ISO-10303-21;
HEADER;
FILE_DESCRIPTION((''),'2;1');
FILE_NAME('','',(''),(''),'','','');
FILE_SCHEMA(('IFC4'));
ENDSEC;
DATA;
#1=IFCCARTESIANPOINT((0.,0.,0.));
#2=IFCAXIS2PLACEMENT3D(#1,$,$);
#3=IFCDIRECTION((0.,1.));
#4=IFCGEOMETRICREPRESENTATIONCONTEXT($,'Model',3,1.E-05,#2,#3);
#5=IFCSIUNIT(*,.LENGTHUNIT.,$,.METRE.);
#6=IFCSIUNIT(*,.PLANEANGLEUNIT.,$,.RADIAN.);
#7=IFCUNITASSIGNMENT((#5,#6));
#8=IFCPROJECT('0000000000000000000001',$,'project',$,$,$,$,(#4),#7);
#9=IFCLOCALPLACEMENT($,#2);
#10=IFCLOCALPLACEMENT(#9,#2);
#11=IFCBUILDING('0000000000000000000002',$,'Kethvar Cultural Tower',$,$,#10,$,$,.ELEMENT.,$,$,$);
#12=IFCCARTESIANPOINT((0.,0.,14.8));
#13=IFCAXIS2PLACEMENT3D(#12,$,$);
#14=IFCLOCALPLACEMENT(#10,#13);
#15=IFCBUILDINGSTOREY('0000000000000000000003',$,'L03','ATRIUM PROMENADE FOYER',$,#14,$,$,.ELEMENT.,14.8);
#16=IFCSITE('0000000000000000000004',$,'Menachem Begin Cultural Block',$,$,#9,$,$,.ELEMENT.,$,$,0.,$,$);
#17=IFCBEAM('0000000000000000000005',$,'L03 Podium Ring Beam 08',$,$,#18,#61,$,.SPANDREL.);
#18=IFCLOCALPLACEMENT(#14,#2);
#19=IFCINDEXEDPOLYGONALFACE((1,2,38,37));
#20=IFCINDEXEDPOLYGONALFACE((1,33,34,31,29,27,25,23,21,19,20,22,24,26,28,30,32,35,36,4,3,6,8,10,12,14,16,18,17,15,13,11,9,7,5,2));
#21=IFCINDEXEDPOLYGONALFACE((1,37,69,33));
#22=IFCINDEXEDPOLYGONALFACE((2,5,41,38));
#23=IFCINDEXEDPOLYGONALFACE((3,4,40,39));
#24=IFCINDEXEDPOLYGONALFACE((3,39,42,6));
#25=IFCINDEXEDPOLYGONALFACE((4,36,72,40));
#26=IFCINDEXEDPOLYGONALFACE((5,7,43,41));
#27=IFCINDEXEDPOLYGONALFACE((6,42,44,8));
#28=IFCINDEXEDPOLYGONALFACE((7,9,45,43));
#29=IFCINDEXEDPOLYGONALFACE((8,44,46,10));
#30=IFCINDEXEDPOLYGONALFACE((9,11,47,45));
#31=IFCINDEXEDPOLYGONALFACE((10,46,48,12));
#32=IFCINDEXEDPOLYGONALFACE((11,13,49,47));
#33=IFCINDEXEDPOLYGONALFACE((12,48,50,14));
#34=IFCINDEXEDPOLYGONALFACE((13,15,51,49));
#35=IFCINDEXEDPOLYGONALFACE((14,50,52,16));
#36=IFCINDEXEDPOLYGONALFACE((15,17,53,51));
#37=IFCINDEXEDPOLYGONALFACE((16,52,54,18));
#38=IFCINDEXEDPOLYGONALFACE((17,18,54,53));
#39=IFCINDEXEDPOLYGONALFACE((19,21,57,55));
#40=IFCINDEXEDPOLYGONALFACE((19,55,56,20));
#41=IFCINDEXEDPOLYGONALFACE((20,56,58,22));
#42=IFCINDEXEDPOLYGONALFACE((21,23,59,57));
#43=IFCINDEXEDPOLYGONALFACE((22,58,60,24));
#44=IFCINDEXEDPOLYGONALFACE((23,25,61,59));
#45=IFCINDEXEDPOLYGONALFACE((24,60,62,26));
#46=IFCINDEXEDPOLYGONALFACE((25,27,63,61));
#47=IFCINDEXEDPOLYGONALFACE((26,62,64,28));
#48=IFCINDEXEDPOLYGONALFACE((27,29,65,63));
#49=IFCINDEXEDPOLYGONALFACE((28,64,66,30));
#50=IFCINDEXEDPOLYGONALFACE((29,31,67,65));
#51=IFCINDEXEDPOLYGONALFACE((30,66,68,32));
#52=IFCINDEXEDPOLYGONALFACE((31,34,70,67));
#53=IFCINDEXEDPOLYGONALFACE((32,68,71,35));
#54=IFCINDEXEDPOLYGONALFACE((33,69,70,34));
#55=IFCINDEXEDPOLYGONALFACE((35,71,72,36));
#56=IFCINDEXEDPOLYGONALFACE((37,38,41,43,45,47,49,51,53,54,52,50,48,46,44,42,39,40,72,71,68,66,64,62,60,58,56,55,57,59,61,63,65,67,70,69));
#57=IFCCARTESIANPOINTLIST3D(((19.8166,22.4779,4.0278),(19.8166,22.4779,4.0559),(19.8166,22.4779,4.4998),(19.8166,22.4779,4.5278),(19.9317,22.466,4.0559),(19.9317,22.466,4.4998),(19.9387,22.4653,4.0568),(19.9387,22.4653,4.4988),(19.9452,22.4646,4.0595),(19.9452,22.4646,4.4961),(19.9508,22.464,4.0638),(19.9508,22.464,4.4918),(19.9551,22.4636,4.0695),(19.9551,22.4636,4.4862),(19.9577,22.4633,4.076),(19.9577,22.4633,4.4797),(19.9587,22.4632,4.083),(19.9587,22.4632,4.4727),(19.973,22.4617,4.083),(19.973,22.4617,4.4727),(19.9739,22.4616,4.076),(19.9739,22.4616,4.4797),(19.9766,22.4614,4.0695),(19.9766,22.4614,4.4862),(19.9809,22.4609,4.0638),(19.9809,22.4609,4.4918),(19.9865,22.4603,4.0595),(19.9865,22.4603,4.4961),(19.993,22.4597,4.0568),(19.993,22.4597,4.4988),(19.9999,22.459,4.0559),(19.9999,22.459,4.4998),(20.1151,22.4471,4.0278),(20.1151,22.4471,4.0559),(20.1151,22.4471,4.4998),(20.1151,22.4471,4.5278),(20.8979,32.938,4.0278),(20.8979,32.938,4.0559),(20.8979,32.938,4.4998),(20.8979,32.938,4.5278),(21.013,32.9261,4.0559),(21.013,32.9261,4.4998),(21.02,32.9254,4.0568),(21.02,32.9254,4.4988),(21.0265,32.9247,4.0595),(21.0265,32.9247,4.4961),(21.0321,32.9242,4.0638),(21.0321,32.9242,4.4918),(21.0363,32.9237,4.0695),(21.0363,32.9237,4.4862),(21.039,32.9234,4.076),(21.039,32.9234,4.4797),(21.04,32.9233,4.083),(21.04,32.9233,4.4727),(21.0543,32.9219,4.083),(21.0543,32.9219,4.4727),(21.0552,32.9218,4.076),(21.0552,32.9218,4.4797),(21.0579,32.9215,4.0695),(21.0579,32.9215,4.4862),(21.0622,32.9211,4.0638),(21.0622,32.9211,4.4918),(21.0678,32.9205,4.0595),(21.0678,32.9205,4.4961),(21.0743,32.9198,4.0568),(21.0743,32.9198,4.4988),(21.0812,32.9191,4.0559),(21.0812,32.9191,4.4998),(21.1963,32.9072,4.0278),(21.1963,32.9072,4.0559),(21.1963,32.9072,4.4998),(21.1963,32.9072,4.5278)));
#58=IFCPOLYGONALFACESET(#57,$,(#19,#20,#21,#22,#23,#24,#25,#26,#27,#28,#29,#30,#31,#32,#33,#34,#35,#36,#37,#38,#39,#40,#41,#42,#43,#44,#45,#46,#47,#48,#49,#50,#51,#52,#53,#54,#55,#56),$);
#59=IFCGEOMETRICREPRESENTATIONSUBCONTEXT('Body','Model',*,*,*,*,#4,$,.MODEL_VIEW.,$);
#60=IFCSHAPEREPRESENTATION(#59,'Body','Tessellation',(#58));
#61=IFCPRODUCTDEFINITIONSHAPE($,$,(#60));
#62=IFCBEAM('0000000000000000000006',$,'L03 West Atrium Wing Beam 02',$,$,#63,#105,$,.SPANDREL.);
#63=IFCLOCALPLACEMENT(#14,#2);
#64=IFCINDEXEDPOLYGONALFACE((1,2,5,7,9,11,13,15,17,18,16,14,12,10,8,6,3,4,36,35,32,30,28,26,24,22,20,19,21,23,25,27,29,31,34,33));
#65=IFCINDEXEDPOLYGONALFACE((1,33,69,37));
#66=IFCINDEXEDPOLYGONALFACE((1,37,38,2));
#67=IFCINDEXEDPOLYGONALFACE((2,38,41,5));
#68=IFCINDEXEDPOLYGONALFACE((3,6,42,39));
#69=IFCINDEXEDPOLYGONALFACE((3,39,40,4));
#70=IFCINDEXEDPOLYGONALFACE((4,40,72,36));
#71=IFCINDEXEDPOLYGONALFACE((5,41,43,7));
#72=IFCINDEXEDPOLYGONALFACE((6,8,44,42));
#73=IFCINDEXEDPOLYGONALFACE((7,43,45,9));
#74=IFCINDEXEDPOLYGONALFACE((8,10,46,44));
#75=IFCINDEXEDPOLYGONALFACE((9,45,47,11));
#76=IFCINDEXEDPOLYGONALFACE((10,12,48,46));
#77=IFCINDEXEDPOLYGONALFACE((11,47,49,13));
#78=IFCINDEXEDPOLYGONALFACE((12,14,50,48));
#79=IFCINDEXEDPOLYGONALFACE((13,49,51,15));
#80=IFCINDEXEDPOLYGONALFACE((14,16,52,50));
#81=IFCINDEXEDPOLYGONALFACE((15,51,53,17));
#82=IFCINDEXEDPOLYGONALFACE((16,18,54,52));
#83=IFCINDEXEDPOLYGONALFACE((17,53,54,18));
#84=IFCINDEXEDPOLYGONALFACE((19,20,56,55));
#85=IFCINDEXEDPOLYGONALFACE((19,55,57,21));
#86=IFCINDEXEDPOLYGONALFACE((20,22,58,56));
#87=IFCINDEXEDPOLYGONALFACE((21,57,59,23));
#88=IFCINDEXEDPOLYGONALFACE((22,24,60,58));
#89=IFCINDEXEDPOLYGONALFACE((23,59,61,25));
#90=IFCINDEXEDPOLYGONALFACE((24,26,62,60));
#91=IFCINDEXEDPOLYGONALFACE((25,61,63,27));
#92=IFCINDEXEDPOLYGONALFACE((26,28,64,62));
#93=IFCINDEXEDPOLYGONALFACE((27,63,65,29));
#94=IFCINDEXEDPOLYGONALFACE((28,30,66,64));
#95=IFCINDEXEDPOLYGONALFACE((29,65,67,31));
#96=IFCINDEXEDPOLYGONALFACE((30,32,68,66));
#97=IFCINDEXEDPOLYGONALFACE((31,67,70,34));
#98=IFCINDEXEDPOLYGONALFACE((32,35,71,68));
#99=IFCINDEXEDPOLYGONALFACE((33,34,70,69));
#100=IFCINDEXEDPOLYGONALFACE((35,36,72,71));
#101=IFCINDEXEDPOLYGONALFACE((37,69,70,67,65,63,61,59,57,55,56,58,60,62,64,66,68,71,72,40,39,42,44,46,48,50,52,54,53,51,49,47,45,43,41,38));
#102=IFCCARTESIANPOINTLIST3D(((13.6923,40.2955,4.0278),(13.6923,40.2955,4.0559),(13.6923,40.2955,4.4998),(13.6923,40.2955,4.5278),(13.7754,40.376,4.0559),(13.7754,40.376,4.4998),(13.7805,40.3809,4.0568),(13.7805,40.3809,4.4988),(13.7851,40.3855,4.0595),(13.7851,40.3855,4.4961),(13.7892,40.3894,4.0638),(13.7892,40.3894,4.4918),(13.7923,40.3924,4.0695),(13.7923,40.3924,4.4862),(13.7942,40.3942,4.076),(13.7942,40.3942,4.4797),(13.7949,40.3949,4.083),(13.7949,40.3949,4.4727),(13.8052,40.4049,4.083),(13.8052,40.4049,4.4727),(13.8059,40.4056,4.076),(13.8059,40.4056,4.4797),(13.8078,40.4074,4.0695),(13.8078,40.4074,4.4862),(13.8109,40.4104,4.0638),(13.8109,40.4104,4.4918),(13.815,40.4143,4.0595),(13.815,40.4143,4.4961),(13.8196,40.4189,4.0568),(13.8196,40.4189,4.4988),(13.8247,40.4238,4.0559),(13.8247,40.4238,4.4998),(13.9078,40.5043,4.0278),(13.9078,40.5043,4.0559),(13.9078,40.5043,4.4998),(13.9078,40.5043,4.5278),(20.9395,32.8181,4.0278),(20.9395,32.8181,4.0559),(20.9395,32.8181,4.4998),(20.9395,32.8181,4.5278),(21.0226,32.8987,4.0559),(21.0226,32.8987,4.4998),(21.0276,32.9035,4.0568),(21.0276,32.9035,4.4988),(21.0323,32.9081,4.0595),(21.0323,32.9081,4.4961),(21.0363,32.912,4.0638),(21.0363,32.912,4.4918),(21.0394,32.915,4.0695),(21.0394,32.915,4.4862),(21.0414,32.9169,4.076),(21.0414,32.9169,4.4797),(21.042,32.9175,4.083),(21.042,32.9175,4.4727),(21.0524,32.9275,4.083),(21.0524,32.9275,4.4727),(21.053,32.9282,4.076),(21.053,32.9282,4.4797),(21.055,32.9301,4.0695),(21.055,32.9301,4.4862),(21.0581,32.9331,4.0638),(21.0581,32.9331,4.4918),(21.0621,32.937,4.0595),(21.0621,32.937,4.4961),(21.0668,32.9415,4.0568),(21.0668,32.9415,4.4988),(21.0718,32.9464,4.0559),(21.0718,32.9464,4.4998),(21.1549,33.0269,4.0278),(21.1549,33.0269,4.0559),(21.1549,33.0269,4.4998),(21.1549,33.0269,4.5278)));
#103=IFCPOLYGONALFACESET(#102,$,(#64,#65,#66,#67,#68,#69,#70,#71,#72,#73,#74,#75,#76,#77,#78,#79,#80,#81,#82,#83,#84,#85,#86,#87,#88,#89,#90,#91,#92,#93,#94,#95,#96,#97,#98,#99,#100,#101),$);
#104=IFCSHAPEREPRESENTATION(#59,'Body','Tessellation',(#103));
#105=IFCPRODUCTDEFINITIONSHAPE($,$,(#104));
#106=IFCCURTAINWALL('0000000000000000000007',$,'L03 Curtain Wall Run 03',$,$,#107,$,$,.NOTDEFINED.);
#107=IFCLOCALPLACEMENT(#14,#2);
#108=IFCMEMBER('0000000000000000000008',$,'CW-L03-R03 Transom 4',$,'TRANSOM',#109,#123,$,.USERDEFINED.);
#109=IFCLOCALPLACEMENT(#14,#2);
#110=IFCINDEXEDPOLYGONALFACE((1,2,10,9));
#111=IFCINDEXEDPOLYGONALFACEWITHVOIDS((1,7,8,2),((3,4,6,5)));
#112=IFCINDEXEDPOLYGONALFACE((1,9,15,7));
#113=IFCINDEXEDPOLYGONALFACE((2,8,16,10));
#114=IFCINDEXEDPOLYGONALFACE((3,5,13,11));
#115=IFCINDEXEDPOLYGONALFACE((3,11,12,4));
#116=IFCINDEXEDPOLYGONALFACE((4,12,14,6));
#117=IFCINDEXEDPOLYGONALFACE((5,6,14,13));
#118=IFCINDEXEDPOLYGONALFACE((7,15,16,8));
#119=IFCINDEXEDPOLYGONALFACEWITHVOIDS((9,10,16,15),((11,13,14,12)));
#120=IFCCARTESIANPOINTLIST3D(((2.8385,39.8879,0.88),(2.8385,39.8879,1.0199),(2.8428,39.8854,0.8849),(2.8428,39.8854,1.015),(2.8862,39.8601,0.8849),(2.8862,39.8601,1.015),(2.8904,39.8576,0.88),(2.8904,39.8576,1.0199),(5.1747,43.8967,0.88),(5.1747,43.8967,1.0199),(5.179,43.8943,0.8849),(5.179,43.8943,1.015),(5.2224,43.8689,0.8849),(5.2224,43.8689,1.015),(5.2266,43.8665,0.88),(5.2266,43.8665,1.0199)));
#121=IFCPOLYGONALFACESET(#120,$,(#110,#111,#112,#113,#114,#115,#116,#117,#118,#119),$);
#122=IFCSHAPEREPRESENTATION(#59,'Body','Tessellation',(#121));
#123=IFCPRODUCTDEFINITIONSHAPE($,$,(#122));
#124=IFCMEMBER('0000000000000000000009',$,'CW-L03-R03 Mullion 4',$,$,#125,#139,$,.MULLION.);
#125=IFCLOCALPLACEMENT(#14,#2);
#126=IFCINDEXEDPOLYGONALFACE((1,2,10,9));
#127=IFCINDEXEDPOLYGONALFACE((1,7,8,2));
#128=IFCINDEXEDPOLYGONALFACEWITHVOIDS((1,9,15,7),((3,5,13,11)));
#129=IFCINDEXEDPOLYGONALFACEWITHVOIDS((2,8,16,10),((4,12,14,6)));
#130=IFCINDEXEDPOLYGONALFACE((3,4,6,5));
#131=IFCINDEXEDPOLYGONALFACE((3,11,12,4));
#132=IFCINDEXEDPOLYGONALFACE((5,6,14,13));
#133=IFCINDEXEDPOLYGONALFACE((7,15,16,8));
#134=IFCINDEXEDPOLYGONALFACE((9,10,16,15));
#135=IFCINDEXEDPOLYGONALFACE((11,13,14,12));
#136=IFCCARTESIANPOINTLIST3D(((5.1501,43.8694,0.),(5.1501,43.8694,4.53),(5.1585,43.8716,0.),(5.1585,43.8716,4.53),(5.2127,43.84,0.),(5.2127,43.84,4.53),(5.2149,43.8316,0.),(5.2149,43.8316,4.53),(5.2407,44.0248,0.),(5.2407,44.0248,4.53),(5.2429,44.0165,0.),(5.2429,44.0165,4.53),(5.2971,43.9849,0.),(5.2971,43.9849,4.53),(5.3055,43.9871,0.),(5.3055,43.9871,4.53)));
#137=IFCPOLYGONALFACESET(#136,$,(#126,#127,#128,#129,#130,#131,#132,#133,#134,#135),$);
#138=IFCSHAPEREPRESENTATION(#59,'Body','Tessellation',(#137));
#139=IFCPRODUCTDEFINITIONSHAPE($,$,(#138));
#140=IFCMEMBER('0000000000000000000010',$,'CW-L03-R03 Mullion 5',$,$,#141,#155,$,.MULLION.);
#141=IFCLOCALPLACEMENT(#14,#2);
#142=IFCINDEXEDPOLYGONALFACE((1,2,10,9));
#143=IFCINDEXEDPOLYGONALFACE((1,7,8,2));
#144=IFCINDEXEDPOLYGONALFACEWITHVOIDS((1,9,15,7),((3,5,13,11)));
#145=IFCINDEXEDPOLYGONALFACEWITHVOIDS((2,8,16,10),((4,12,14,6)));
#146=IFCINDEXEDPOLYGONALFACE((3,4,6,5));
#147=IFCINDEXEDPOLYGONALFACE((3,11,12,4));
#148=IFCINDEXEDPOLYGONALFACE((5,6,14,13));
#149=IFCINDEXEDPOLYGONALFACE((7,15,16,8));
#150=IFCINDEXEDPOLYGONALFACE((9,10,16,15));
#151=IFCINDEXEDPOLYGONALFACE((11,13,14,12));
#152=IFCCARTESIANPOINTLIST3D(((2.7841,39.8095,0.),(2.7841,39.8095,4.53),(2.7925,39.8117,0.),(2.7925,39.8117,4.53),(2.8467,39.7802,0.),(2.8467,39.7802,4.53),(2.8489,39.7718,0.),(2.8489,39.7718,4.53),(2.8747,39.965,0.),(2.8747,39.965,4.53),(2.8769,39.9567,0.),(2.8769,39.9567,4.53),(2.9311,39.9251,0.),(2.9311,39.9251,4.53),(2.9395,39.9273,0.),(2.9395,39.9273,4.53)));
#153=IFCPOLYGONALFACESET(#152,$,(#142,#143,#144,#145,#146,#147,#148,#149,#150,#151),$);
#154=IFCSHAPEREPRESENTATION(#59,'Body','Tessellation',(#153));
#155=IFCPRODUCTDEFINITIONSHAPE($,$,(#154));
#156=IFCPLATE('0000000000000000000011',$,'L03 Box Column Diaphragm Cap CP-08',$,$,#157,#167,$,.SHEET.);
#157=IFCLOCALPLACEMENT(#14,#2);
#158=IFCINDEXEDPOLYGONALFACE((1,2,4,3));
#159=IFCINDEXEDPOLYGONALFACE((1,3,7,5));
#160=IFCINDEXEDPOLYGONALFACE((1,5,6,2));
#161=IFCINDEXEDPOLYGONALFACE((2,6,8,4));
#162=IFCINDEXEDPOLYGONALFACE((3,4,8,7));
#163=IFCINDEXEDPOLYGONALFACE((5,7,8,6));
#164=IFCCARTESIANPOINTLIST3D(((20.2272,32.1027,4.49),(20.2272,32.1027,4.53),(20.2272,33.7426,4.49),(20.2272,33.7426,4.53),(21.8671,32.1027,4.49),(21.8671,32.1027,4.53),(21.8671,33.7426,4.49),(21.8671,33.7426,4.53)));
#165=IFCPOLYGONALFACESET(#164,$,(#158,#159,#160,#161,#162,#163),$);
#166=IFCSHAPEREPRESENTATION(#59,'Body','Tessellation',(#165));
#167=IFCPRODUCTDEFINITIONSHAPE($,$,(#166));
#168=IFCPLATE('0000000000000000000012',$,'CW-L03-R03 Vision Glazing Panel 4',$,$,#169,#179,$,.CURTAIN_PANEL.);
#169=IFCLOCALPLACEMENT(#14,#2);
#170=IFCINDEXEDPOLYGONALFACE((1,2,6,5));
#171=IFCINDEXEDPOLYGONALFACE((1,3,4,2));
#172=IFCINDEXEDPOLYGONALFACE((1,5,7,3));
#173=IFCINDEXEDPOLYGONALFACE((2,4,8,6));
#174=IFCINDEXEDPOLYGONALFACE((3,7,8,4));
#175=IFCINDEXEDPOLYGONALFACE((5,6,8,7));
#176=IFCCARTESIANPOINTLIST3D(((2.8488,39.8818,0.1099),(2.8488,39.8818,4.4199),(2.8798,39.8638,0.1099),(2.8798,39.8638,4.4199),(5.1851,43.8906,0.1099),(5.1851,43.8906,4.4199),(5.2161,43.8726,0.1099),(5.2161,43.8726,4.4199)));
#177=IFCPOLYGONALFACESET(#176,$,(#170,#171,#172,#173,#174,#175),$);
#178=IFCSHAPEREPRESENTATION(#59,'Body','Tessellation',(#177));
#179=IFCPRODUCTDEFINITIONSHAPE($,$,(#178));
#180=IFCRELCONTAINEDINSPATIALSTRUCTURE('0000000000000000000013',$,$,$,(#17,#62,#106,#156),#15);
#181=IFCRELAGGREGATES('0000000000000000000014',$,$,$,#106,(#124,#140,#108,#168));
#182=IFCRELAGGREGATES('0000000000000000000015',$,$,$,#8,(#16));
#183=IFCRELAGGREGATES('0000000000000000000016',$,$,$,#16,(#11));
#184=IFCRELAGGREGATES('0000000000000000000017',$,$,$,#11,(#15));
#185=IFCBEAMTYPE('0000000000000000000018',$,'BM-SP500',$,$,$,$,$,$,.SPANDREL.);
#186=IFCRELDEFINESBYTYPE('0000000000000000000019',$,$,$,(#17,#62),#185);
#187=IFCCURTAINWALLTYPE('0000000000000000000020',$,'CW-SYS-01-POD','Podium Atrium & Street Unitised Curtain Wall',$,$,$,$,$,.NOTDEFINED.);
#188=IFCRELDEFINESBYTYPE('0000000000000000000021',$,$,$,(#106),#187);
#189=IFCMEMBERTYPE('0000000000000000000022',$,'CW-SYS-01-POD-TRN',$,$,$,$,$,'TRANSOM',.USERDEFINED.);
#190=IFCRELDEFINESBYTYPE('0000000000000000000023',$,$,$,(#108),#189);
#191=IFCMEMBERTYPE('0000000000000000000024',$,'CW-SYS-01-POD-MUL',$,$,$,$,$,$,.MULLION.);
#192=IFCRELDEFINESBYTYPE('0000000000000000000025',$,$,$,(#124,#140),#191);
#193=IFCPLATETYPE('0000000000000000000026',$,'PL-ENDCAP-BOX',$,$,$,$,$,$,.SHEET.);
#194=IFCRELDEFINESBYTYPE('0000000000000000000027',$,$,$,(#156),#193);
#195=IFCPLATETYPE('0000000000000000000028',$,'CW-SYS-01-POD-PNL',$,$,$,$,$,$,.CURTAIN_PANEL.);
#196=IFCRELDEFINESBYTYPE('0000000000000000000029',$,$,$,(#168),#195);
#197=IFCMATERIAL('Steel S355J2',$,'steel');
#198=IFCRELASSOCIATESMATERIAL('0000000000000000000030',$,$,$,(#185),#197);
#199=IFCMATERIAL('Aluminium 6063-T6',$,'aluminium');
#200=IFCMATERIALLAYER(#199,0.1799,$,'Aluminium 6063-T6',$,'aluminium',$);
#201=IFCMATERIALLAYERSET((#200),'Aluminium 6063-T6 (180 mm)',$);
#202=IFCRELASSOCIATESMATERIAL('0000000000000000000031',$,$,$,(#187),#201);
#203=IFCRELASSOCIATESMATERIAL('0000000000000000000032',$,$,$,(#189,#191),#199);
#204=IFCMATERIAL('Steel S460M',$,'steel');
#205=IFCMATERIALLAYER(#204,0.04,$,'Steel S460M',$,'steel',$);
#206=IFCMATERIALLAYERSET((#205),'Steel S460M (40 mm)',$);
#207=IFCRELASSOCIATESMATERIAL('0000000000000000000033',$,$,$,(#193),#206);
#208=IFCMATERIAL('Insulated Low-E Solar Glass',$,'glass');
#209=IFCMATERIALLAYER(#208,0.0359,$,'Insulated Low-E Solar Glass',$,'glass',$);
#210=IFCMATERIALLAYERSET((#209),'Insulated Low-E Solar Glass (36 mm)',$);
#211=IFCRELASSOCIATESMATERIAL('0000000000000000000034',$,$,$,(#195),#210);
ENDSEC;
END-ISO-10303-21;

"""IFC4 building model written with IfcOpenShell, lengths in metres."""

from ifc_helpers import new_model, si_unit, direction, frame, origin, origin_2d, place, context, subcontext, project, spatial, rectangle, hollow_rectangle, i_section, extrude, source, transform, mapped, material, layer, layer_set, material_profile, profile_set, type_object, element, aggregate, save


model = new_model("IFC4")

# Units and contexts
model_context = context("Model", 3, precision=1e-05, world=origin(), true_north=direction((0.0, 1.0)))
body_context = subcontext(model_context, "Body", "Model", "MODEL_VIEW")
ifc_project = project(units=[si_unit("LENGTHUNIT", "METRE"), si_unit("PLANEANGLEUNIT", "RADIAN")], contexts=[model_context])

# Site, building, storey
site_placement = place(None, origin())
site = spatial("IfcSite", under=ifc_project, at=site_placement, Name="Menachem Begin Cultural Block", CompositionType="ELEMENT", RefElevation=0.0)
building_placement = place(site_placement, origin())
building = spatial("IfcBuilding", under=site, at=building_placement, Name="Kethvar Cultural Tower", CompositionType="ELEMENT")
storey_placement = place(building_placement, frame((0.0, 0.0, 14.8)))
storey = spatial("IfcBuildingStorey", under=building, at=storey_placement, Name="L03", Description="ATRIUM PROMENADE FOYER", CompositionType="ELEMENT", Elevation=14.8)

# Shared definitions
ifc_material_1 = material(Name="Steel S460M", Category="steel")
ifc_material_2 = material(Name="Steel S355J2", Category="steel")

# Beams
ifc_material_profile_1 = material_profile(ifc_material_2, i_section(OverallWidth=0.3, OverallDepth=0.5, WebThickness=0.0144, FlangeThickness=0.0281, FilletRadius=0.0271, at=origin_2d()), Name="Steel S355J2 — HEB500")
ifc_profile_set_1 = profile_set([ifc_material_profile_1], Name="Steel S355J2 — HEB500")
beam_type = type_object("IfcBeamType", Name="BM-SP500", PredefinedType="SPANDREL", material=ifc_profile_set_1)
shared_shape_1 = source(origin(), body_context, "Body", "SweptSolid", [
    extrude(i_section(OverallWidth=0.3, OverallDepth=0.5, WebThickness=0.0144, FlangeThickness=0.0281, FilletRadius=0.0271, at=origin_2d()), origin(), (0.0, 0.0, 1.0), 10.5159),
])
beam_1_placement = place(storey_placement, frame((21.0471, 32.9226, 4.2778), z_axis=(-0.102825, -0.994699, 0.0), x_axis=(0.994699, -0.102825, 0.0)))
element("IfcBeam", 1, at=beam_1_placement, inside=storey, type_object=beam_type, Name="L03 Podium Ring Beam 08", PredefinedType="SPANDREL", context=body_context, shape_type="MappedRepresentation", body=[
    mapped(shared_shape_1, transform((0.0, 0.0, 0.0), scale=1.0)),
])
shared_shape_2 = source(origin(), body_context, "Body", "SweptSolid", [
    extrude(i_section(OverallWidth=0.3, OverallDepth=0.5, WebThickness=0.0144, FlangeThickness=0.0281, FilletRadius=0.0271, at=origin_2d()), origin(), (0.0, 0.0, 1.0), 10.4131),
])
beam_2_placement = place(storey_placement, frame((13.8, 40.3999, 4.2778), z_axis=(0.695966, -0.718075, 0.0), x_axis=(0.718075, 0.695966, 0.0)))
element("IfcBeam", 2, at=beam_2_placement, inside=storey, type_object=beam_type, Name="L03 West Atrium Wing Beam 02", PredefinedType="SPANDREL", context=body_context, shape_type="MappedRepresentation", body=[
    mapped(shared_shape_2, transform((0.0, 0.0, 0.0), scale=1.0)),
])

# Curtain wall, members
ifc_material_3 = material(Name="Aluminium 6063-T6", Category="aluminium")
ifc_layer_1 = layer(ifc_material_3, 0.1799, Name="Aluminium 6063-T6", Category="aluminium")
ifc_layer_set_1 = layer_set([ifc_layer_1], Name="Aluminium 6063-T6 (180 mm)")
curtain_wall_type = type_object("IfcCurtainWallType", Name="CW-SYS-01-POD", Description="Podium Atrium & Street Unitised Curtain Wall", PredefinedType="NOTDEFINED", material=ifc_layer_set_1)
curtain_wall_placement = place(storey_placement, origin())
curtain_wall = element("IfcCurtainWall", 3, at=curtain_wall_placement, inside=storey, type_object=curtain_wall_type, Name="L03 Curtain Wall Run 03", PredefinedType="NOTDEFINED")
ifc_material_profile_2 = material_profile(ifc_material_3, hollow_rectangle(XDim=0.0601, YDim=0.1399, WallThickness=0.0049, at=origin_2d()), Name="Aluminium 6063-T6 — RHS140x60x5")
ifc_profile_set_2 = profile_set([ifc_material_profile_2], Name="Aluminium 6063-T6 — RHS140x60x5")
member_type_1 = type_object("IfcMemberType", Name="CW-SYS-01-POD-TRN", ElementType="TRANSOM", PredefinedType="USERDEFINED", material=ifc_profile_set_2)
shared_shape_3 = source(origin(), body_context, "Body", "SweptSolid", [
    extrude(hollow_rectangle(XDim=0.0601, YDim=0.1399, WallThickness=0.0049, at=origin_2d()), origin(), (0.0, 0.0, 1.0), 4.6399),
])
member_1_placement = place(storey_placement, frame((5.2007, 43.8816, 0.95), z_axis=(-0.503505, -0.863993, 0.0), x_axis=(0.863993, -0.503505, 0.0)))
member_1 = element("IfcMember", 4, at=member_1_placement, type_object=member_type_1, Name="CW-L03-R03 Transom 4", ObjectType="TRANSOM", PredefinedType="USERDEFINED", context=body_context, shape_type="MappedRepresentation", body=[
    mapped(shared_shape_3, transform((0.0, 0.0, 0.0), scale=1.0)),
])
ifc_material_profile_3 = material_profile(ifc_material_3, hollow_rectangle(XDim=0.075, YDim=0.1799, WallThickness=0.0061, at=origin_2d()), Name="Aluminium 6063-T6 — RHS180x75x6")
ifc_profile_set_3 = profile_set([ifc_material_profile_3], Name="Aluminium 6063-T6 — RHS180x75x6")
member_type_2 = type_object("IfcMemberType", Name="CW-SYS-01-POD-MUL", PredefinedType="MULLION", material=ifc_profile_set_3)
shared_shape_4 = source(origin(), body_context, "Body", "SweptSolid", [
    extrude(hollow_rectangle(XDim=0.075, YDim=0.1799, WallThickness=0.0061, at=origin_2d()), origin(), (0.0, 0.0, 1.0), 4.53),
])
member_2_placement = place(storey_placement, frame((5.2278, 43.9282, 0.0), z_axis=(0.0, 0.0, 1.0), x_axis=(0.863985, -0.503518, 0.0)))
member_2 = element("IfcMember", 5, at=member_2_placement, type_object=member_type_2, Name="CW-L03-R03 Mullion 4", PredefinedType="MULLION", context=body_context, shape_type="MappedRepresentation", body=[
    mapped(shared_shape_4, transform((0.0, 0.0, 0.0), scale=1.0)),
])
member_3_placement = place(storey_placement, frame((2.8618, 39.8684, 0.0), z_axis=(0.0, 0.0, 1.0), x_axis=(0.863985, -0.503518, 0.0)))
member_3 = element("IfcMember", 6, at=member_3_placement, type_object=member_type_2, Name="CW-L03-R03 Mullion 5", PredefinedType="MULLION", context=body_context, shape_type="MappedRepresentation", body=[
    mapped(shared_shape_4, transform((0.0, 0.0, 0.0), scale=1.0)),
])

# Plates
ifc_layer_2 = layer(ifc_material_1, 0.04, Name="Steel S460M", Category="steel")
ifc_layer_set_2 = layer_set([ifc_layer_2], Name="Steel S460M (40 mm)")
plate_type_1 = type_object("IfcPlateType", Name="PL-ENDCAP-BOX", PredefinedType="SHEET", material=ifc_layer_set_2)
shared_shape_5 = source(origin(), body_context, "Body", "SweptSolid", [
    extrude(rectangle(XDim=1.6399, YDim=1.6399, at=origin_2d()), origin(), (0.0, 0.0, 1.0), 0.04),
])
plate_1_placement = place(storey_placement, frame((21.0471, 32.9226, 4.49), z_axis=(0.0, 0.0, 1.0), x_axis=(1.0, 0.0, 0.0)))
element("IfcPlate", 7, at=plate_1_placement, inside=storey, type_object=plate_type_1, Name="L03 Box Column Diaphragm Cap CP-08", PredefinedType="SHEET", context=body_context, shape_type="MappedRepresentation", body=[
    mapped(shared_shape_5, transform((0.0, 0.0, 0.0), scale=1.0)),
])
ifc_material_4 = material(Name="Insulated Low-E Solar Glass", Category="glass")
ifc_layer_3 = layer(ifc_material_4, 0.0359, Name="Insulated Low-E Solar Glass", Category="glass")
ifc_layer_set_3 = layer_set([ifc_layer_3], Name="Insulated Low-E Solar Glass (36 mm)")
plate_type_2 = type_object("IfcPlateType", Name="CW-SYS-01-POD-PNL", PredefinedType="CURTAIN_PANEL", material=ifc_layer_set_3)
shared_shape_6 = source(origin(), body_context, "Body", "SweptSolid", [
    extrude(rectangle(XDim=4.6399, YDim=0.0359, at=origin_2d()), origin(), (0.0, 0.0, 1.0), 4.3101),
])
plate_2_placement = place(storey_placement, frame((4.0325, 41.8772, 0.1099), z_axis=(0.0, 0.0, 1.0), x_axis=(-0.503518, -0.863985, 0.0)))
plate_2 = element("IfcPlate", 8, at=plate_2_placement, type_object=plate_type_2, Name="CW-L03-R03 Vision Glazing Panel 4", PredefinedType="CURTAIN_PANEL", context=body_context, shape_type="MappedRepresentation", body=[
    mapped(shared_shape_6, transform((0.0, 0.0, 0.0), scale=1.0)),
])
aggregate(curtain_wall, [member_2, member_3, member_1, plate_2])

save(model, "model.ifc")
